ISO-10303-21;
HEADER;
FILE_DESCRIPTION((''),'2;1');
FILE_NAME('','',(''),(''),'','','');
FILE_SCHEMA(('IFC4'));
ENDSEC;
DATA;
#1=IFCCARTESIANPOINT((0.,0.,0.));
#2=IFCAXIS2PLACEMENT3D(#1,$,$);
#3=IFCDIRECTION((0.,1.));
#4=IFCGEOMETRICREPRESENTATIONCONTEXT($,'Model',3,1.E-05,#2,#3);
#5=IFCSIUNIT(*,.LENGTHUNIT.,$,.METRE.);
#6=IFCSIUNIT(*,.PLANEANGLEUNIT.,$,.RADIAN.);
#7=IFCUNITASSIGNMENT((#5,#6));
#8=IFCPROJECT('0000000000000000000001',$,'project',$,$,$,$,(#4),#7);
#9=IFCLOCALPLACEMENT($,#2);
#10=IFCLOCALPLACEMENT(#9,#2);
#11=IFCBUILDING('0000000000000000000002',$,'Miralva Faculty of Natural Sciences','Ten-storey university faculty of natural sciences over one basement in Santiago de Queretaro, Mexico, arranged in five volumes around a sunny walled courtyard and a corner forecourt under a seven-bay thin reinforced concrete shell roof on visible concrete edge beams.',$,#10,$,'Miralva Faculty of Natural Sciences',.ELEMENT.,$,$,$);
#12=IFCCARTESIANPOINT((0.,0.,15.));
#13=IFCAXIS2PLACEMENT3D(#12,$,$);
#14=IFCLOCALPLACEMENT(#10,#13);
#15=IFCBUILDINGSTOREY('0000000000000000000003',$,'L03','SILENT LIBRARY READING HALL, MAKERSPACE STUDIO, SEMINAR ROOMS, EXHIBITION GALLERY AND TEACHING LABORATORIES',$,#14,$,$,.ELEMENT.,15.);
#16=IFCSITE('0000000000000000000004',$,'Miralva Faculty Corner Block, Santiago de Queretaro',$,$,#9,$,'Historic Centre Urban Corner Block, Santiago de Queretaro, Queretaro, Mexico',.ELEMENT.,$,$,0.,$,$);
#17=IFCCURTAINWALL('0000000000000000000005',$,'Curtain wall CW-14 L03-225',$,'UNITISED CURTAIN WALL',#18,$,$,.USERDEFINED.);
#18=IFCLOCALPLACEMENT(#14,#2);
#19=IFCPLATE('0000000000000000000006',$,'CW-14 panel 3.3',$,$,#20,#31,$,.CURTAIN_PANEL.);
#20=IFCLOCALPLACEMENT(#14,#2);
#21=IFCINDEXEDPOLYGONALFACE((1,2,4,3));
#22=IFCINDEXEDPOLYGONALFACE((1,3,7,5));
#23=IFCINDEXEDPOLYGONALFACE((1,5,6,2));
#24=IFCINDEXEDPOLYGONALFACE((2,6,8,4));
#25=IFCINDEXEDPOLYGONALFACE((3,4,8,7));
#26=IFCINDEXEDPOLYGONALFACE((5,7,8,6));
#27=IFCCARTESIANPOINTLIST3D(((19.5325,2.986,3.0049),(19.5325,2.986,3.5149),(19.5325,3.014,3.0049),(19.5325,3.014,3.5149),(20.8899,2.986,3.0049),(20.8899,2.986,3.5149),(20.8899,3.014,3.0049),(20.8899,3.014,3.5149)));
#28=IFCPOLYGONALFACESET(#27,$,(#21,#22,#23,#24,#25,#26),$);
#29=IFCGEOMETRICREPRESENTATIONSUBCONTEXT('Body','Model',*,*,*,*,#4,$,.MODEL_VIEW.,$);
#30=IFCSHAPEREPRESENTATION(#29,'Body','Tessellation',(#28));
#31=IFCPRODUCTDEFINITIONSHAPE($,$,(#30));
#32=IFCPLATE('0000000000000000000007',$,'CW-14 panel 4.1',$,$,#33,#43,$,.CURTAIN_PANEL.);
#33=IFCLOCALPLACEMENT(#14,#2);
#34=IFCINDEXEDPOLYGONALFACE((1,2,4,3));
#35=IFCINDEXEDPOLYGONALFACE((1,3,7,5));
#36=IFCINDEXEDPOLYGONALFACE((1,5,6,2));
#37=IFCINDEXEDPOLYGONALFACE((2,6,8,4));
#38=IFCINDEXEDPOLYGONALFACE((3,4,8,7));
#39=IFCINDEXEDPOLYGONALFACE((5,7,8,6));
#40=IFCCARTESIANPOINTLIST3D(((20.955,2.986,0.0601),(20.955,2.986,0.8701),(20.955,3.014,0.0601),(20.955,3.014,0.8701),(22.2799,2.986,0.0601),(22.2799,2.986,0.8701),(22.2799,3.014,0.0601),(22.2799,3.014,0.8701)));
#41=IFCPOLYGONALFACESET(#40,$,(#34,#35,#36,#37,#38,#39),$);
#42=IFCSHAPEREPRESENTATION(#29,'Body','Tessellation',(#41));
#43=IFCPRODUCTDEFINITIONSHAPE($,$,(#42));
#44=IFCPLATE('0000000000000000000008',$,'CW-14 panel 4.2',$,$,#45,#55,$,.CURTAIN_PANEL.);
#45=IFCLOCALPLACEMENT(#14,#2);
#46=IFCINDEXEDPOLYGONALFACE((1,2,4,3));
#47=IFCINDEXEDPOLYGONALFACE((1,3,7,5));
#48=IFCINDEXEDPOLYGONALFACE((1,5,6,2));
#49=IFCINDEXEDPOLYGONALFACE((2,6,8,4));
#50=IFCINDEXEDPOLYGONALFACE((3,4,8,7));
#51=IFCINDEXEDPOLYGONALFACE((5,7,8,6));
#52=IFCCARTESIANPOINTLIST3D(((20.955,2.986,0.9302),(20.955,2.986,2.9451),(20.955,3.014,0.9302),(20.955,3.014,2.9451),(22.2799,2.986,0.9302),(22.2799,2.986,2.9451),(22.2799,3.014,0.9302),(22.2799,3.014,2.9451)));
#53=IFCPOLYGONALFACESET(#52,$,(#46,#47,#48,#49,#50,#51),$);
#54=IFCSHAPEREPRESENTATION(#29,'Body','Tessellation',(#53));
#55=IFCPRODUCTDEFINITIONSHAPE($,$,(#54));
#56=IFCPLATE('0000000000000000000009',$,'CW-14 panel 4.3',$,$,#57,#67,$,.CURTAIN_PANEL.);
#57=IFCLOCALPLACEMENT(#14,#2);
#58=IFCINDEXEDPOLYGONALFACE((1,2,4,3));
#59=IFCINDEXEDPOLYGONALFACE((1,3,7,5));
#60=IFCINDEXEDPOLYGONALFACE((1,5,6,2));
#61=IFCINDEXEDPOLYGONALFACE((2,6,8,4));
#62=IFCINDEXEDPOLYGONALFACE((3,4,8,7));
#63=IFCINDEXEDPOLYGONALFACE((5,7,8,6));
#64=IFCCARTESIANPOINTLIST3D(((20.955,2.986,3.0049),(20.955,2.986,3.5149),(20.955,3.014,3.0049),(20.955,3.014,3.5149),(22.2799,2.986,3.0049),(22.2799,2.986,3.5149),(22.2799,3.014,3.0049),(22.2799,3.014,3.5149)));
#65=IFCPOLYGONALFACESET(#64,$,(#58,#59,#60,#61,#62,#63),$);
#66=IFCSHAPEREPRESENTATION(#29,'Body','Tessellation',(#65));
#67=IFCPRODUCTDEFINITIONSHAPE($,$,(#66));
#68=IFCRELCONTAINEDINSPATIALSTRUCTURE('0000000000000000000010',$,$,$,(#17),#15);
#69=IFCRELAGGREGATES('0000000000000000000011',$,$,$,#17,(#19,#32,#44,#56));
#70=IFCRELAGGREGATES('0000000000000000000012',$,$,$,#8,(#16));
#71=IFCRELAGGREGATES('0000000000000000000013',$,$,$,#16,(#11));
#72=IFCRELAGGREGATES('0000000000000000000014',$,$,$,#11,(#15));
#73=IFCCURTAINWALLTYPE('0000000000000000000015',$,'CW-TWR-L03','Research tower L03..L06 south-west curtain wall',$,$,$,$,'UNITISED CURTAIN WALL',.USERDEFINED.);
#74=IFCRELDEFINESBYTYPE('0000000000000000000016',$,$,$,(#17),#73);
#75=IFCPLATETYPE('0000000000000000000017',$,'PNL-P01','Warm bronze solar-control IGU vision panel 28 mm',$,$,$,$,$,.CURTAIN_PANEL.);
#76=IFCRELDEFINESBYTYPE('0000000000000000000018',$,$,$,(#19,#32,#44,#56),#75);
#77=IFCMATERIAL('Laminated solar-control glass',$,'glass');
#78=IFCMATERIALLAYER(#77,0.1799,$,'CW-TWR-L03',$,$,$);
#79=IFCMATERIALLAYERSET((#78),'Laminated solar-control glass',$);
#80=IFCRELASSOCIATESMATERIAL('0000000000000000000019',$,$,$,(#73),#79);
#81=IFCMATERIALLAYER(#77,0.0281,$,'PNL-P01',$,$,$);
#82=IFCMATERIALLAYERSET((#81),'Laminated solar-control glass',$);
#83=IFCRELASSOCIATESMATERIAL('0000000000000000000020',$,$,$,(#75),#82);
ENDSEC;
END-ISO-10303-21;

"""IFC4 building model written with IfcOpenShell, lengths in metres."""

from ifc_helpers import new_model, si_unit, direction, frame, origin, origin_2d, place, context, subcontext, project, spatial, rectangle, extrude, material, layer, layer_set, type_object, element, aggregate, save


model = new_model("IFC4")

# Units and contexts
model_context = context("Model", 3, precision=1e-05, world=origin(), true_north=direction((0.0, 1.0)))
body_context = subcontext(model_context, "Body", "Model", "MODEL_VIEW")
ifc_project = project(units=[si_unit("LENGTHUNIT", "METRE"), si_unit("PLANEANGLEUNIT", "RADIAN")], contexts=[model_context])

# Site, building, storey
site_placement = place(None, origin())
site = spatial("IfcSite", under=ifc_project, at=site_placement, Name="Miralva Faculty Corner Block, Santiago de Queretaro", LongName="Historic Centre Urban Corner Block, Santiago de Queretaro, Queretaro, Mexico", CompositionType="ELEMENT", RefElevation=0.0)
building_placement = place(site_placement, origin())
building = spatial("IfcBuilding", under=site, at=building_placement, Name="Miralva Faculty of Natural Sciences", Description="Ten-storey university faculty of natural sciences over one basement in Santiago de Queretaro, Mexico, arranged in five volumes around a sunny walled courtyard and a corner forecourt under a seven-bay thin reinforced concrete shell roof on visible concrete edge beams.", LongName="Miralva Faculty of Natural Sciences", CompositionType="ELEMENT")
storey_placement = place(building_placement, frame((0.0, 0.0, 15.0)))
storey = spatial("IfcBuildingStorey", under=building, at=storey_placement, Name="L03", Description="SILENT LIBRARY READING HALL, MAKERSPACE STUDIO, SEMINAR ROOMS, EXHIBITION GALLERY AND TEACHING LABORATORIES", CompositionType="ELEMENT", Elevation=15.0)

# Curtain wall, plates
ifc_material_1 = material(Name="Laminated solar-control glass", Category="glass")
ifc_layer_1 = layer(ifc_material_1, 0.1799, Name="CW-TWR-L03")
ifc_layer_set_1 = layer_set([ifc_layer_1], Name="Laminated solar-control glass")
curtain_wall_type = type_object("IfcCurtainWallType", Name="CW-TWR-L03", Description="Research tower L03..L06 south-west curtain wall", ElementType="UNITISED CURTAIN WALL", PredefinedType="USERDEFINED", material=ifc_layer_set_1)
curtain_wall_placement = place(storey_placement, origin())
curtain_wall = element("IfcCurtainWall", 1, at=curtain_wall_placement, inside=storey, type_object=curtain_wall_type, Name="Curtain wall CW-14 L03-225", ObjectType="UNITISED CURTAIN WALL", PredefinedType="USERDEFINED")
ifc_layer_2 = layer(ifc_material_1, 0.0281, Name="PNL-P01")
ifc_layer_set_2 = layer_set([ifc_layer_2], Name="Laminated solar-control glass")
plate_type = type_object("IfcPlateType", Name="PNL-P01", Description="Warm bronze solar-control IGU vision panel 28 mm", PredefinedType="CURTAIN_PANEL", material=ifc_layer_set_2)
plate_1_placement = place(storey_placement, frame((20.2112, 3.0, 3.0049), z_axis=(0.0, 0.0, 1.0), x_axis=(1.0, 0.0, 0.0)))
plate_1 = element("IfcPlate", 2, at=plate_1_placement, type_object=plate_type, Name="CW-14 panel 3.3", PredefinedType="CURTAIN_PANEL", context=body_context, shape_type="SweptSolid", body=[
    extrude(rectangle(XDim=1.3574, YDim=0.0281, at=origin_2d()), origin(), (0.0, 0.0, 1.0), 0.51),
])
plate_2_placement = place(storey_placement, frame((21.6174, 3.0, 0.0601), z_axis=(0.0, 0.0, 1.0), x_axis=(1.0, 0.0, 0.0)))
plate_2 = element("IfcPlate", 3, at=plate_2_placement, type_object=plate_type, Name="CW-14 panel 4.1", PredefinedType="CURTAIN_PANEL", context=body_context, shape_type="SweptSolid", body=[
    extrude(rectangle(XDim=1.325, YDim=0.0281, at=origin_2d()), origin(), (0.0, 0.0, 1.0), 0.8101),
])
plate_3_placement = place(storey_placement, frame((21.6174, 3.0, 0.9302), z_axis=(0.0, 0.0, 1.0), x_axis=(1.0, 0.0, 0.0)))
plate_3 = element("IfcPlate", 4, at=plate_3_placement, type_object=plate_type, Name="CW-14 panel 4.2", PredefinedType="CURTAIN_PANEL", context=body_context, shape_type="SweptSolid", body=[
    extrude(rectangle(XDim=1.325, YDim=0.0281, at=origin_2d()), origin(), (0.0, 0.0, 1.0), 2.0149),
])
plate_4_placement = place(storey_placement, frame((21.6174, 3.0, 3.0049), z_axis=(0.0, 0.0, 1.0), x_axis=(1.0, 0.0, 0.0)))
plate_4 = element("IfcPlate", 5, at=plate_4_placement, type_object=plate_type, Name="CW-14 panel 4.3", PredefinedType="CURTAIN_PANEL", context=body_context, shape_type="SweptSolid", body=[
    extrude(rectangle(XDim=1.325, YDim=0.0281, at=origin_2d()), origin(), (0.0, 0.0, 1.0), 0.51),
])
aggregate(curtain_wall, [plate_1, plate_2, plate_3, plate_4])

save(model, "model.ifc")
